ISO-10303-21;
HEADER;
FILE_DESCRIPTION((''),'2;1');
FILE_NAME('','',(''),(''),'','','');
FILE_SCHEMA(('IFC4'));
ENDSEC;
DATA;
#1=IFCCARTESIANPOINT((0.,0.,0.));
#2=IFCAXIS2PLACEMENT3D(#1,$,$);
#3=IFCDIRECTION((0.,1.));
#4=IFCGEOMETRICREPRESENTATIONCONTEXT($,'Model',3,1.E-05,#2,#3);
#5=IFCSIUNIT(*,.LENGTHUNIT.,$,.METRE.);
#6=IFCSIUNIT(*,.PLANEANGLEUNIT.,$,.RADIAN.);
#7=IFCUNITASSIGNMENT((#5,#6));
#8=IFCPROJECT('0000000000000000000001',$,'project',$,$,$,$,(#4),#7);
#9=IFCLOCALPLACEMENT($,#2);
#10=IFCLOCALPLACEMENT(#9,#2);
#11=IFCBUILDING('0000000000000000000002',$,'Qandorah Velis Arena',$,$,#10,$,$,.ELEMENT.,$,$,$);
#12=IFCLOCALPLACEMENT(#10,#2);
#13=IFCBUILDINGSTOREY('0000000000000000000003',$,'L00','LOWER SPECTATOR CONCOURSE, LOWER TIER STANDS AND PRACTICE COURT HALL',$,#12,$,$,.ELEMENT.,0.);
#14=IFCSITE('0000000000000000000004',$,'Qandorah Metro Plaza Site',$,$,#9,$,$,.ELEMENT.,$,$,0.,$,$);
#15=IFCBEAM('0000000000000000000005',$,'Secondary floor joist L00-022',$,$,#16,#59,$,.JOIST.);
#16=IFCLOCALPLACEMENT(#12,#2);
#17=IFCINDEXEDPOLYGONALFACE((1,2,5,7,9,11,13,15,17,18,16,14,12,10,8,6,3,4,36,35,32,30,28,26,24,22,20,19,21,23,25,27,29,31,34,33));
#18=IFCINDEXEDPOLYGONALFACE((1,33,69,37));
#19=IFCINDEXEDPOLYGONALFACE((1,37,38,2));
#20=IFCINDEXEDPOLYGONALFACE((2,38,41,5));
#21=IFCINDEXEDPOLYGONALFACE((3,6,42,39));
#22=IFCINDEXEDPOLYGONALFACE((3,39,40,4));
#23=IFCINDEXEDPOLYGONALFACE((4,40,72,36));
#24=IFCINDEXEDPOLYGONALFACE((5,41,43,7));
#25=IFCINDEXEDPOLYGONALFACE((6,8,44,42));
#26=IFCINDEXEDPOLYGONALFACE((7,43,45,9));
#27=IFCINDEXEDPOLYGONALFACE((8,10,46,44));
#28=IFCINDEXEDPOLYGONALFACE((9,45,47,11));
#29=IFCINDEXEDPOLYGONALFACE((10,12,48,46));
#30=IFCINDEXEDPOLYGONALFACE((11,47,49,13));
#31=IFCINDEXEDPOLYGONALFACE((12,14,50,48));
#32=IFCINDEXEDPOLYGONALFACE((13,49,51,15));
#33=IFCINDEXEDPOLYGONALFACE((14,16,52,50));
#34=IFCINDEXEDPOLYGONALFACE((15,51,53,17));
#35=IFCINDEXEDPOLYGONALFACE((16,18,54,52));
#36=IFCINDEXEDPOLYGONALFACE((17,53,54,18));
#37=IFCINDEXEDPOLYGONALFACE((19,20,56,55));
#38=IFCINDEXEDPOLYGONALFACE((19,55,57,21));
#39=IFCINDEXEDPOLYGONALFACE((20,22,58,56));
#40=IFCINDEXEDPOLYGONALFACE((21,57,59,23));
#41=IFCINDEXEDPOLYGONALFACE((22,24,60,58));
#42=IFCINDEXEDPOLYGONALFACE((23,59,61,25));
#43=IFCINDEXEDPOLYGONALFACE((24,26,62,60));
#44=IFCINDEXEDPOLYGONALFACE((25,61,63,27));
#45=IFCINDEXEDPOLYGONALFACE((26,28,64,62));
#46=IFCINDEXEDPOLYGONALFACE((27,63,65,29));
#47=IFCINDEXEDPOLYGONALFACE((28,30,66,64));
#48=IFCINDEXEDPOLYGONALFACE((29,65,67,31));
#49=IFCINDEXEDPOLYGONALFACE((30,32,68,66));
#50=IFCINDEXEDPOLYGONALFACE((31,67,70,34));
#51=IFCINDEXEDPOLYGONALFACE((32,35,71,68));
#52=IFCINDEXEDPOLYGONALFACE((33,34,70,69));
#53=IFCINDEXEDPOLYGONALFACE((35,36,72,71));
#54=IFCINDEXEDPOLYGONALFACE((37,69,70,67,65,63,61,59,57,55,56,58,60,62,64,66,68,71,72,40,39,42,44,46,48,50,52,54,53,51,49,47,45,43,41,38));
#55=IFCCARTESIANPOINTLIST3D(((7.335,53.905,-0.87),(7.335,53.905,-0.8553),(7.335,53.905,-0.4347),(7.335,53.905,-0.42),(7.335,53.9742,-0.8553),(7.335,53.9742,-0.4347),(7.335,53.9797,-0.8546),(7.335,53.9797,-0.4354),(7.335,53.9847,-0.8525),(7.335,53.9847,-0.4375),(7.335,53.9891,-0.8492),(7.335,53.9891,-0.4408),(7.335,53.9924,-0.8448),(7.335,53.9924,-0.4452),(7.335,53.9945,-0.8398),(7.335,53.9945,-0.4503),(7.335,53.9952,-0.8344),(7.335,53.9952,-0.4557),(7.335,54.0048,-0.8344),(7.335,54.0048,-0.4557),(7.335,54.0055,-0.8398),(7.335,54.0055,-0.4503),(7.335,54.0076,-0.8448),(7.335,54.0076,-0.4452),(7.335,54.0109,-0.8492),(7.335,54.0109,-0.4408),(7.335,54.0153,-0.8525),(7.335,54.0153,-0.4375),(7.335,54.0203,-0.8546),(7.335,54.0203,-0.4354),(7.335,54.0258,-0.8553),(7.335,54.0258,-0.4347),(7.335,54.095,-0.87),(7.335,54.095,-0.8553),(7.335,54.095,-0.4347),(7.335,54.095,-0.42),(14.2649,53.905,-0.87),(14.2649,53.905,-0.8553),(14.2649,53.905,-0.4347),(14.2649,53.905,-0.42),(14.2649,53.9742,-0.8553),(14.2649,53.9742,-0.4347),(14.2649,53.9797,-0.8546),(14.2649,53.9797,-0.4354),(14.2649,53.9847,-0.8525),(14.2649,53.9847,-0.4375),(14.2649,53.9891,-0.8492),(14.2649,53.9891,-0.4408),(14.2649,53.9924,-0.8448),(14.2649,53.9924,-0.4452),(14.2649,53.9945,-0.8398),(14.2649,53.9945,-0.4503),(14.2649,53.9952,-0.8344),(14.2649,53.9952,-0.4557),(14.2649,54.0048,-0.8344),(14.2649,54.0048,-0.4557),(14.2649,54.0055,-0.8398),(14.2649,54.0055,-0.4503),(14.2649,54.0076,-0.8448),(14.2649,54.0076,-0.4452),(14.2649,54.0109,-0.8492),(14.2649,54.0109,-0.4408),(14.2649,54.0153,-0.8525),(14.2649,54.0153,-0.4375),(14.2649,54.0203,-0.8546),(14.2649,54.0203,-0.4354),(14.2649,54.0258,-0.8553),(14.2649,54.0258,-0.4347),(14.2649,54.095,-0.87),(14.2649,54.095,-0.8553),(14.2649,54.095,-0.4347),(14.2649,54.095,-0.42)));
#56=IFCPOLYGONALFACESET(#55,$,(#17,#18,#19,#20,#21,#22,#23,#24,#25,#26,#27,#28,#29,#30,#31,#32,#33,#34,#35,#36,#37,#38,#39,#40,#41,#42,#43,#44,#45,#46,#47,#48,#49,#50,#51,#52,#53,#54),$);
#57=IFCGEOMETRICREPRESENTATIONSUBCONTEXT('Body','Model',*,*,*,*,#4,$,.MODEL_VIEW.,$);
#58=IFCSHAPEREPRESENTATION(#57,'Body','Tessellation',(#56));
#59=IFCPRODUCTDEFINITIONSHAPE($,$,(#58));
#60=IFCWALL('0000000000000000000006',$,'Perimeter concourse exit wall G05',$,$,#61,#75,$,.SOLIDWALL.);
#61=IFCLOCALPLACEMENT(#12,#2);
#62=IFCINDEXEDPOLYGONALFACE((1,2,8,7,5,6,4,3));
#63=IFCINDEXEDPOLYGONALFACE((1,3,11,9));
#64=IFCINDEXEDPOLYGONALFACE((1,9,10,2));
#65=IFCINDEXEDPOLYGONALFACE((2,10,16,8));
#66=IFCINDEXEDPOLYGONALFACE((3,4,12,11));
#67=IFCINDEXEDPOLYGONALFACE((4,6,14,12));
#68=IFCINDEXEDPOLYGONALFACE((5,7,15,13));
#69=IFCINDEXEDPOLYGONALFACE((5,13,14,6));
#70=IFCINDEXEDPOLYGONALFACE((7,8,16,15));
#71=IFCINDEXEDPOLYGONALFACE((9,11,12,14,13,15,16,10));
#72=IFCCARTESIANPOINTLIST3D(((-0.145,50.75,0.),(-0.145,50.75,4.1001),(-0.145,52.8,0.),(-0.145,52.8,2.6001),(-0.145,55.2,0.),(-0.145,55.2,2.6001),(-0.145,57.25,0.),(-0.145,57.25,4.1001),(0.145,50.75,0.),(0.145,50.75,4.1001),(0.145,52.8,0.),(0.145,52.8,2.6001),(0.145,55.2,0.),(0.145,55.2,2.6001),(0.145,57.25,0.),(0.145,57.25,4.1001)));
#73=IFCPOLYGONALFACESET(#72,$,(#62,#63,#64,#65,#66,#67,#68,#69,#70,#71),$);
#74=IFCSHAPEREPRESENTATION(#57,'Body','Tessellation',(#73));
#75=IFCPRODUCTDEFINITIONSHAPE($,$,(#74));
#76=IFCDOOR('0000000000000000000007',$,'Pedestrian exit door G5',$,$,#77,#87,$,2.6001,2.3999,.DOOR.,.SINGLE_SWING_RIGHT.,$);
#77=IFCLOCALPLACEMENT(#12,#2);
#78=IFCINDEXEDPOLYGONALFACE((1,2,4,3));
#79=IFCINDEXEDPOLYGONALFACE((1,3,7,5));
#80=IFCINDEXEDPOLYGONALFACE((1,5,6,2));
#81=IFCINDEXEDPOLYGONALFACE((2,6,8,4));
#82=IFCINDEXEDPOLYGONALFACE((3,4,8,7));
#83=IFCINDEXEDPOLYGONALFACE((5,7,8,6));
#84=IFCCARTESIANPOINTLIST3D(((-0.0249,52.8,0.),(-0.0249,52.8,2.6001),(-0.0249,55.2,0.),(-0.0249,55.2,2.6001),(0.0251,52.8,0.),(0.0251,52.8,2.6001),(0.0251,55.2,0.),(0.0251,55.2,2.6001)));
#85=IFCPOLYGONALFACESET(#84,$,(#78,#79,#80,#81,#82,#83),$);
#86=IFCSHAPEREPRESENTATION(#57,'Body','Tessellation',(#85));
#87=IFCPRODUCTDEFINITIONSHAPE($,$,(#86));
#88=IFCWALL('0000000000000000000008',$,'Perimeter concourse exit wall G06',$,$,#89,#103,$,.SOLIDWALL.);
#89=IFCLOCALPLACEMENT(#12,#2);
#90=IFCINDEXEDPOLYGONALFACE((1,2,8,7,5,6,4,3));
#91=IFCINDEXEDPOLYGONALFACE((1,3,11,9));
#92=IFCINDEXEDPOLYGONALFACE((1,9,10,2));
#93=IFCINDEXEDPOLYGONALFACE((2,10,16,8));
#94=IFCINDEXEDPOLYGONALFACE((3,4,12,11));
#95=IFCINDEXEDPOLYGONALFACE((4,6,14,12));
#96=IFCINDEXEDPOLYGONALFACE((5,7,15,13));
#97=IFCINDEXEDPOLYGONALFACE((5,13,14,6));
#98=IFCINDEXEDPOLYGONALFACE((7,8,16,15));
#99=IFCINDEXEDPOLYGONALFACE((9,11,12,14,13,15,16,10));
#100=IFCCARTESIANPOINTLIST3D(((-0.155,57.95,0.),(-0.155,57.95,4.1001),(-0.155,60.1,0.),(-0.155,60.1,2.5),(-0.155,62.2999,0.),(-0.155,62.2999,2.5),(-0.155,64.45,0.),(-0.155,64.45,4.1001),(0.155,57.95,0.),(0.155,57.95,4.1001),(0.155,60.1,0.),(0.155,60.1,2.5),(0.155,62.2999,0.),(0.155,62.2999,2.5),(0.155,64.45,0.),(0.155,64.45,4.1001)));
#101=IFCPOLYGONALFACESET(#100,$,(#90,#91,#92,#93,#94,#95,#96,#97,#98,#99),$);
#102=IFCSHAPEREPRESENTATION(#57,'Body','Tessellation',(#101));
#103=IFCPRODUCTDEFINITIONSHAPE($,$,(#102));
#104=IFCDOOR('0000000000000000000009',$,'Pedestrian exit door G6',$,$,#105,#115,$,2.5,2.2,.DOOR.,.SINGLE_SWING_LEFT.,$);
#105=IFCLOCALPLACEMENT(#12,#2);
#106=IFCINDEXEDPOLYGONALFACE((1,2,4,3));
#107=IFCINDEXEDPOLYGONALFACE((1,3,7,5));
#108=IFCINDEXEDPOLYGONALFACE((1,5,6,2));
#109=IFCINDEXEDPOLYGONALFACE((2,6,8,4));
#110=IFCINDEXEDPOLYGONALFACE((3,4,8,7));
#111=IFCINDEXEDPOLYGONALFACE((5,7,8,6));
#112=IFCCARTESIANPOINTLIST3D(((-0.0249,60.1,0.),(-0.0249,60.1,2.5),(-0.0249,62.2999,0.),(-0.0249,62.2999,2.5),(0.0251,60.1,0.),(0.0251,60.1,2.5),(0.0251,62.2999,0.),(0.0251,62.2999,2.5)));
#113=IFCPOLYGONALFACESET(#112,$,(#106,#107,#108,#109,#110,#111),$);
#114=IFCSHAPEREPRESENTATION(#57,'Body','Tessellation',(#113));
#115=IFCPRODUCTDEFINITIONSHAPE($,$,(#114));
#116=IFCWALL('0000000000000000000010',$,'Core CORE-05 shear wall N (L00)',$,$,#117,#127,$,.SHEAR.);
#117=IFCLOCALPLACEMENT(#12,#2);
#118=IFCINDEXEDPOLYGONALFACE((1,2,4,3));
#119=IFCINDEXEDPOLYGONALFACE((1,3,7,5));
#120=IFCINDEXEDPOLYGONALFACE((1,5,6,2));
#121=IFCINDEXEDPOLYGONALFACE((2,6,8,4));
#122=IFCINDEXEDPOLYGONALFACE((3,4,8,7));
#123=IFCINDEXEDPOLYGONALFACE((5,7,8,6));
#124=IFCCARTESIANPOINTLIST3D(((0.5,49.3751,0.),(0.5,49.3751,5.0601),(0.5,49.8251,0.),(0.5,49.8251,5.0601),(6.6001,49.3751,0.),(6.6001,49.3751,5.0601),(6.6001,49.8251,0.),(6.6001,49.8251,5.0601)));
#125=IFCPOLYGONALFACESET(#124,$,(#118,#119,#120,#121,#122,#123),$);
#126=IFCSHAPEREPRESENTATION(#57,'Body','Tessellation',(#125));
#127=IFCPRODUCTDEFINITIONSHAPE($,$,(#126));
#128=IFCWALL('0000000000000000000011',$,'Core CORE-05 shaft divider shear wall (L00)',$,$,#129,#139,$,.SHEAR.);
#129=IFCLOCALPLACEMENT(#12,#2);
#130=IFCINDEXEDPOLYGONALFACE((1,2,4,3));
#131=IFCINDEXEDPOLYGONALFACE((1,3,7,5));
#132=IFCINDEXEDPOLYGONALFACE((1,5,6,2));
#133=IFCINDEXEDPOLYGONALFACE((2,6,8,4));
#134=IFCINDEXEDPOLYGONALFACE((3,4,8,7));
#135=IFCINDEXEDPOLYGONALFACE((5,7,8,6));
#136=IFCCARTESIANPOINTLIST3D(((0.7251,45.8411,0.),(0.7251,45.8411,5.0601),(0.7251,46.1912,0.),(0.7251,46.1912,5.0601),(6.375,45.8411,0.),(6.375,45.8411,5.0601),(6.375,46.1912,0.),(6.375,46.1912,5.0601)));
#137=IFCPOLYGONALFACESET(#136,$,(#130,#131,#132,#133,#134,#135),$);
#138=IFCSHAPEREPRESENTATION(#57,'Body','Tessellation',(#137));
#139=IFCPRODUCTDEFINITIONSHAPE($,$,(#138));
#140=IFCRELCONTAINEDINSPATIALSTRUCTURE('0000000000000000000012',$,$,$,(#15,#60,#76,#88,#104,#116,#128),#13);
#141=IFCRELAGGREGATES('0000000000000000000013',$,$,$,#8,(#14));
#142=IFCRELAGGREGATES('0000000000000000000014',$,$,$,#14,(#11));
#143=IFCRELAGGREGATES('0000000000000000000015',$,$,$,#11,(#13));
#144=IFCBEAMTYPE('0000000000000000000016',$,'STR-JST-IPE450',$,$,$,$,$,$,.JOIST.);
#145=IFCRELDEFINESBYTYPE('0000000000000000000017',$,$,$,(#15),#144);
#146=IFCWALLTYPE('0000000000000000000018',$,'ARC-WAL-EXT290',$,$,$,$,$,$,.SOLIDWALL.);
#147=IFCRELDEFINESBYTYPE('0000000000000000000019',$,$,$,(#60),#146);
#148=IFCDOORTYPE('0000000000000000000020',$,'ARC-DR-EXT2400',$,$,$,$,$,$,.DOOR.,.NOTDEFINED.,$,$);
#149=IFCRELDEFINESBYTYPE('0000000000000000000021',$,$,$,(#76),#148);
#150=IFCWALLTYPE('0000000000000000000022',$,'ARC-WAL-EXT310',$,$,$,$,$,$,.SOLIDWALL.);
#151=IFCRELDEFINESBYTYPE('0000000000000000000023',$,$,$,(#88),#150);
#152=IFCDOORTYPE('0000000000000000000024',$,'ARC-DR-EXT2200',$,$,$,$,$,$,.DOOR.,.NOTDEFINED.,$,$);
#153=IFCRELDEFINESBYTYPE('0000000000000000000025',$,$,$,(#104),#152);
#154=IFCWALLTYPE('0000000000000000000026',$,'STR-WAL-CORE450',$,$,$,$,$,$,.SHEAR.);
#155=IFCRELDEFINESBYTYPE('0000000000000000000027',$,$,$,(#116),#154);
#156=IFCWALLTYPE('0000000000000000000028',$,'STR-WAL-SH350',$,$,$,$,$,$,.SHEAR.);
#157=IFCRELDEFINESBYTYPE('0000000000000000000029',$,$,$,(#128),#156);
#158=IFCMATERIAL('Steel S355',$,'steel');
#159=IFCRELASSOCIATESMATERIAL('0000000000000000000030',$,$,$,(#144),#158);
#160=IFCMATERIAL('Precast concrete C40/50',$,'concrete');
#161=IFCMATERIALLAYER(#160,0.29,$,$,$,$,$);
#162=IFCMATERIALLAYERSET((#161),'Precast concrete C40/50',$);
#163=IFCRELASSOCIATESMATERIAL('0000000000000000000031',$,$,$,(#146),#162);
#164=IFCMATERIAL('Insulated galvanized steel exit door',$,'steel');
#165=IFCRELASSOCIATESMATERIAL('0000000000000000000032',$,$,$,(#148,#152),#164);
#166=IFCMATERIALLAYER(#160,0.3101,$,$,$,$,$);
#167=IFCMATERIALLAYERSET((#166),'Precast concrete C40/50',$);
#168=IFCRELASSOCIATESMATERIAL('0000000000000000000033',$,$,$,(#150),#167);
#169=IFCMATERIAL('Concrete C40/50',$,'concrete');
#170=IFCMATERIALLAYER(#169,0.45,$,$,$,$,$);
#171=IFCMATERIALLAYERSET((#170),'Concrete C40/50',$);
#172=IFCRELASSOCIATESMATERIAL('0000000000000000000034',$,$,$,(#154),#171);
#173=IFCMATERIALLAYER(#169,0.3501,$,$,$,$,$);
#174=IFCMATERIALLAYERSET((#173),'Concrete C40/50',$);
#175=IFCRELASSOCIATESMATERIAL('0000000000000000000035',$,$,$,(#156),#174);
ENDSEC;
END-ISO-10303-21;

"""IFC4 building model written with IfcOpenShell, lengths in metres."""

from ifc_helpers import new_model, si_unit, direction, frame, frame_2d, origin, origin_2d, place, context, subcontext, project, spatial, rectangle, i_section, extrude, material, layer, layer_set, material_profile, profile_set, type_object, element, fill, save


model = new_model("IFC4")

# Units and contexts
model_context = context("Model", 3, precision=1e-05, world=origin(), true_north=direction((0.0, 1.0)))
body_context = subcontext(model_context, "Body", "Model", "MODEL_VIEW")
ifc_project = project(units=[si_unit("LENGTHUNIT", "METRE"), si_unit("PLANEANGLEUNIT", "RADIAN")], contexts=[model_context])

# Site, building, storey
site_placement = place(None, origin())
site = spatial("IfcSite", under=ifc_project, at=site_placement, Name="Qandorah Metro Plaza Site", CompositionType="ELEMENT", RefElevation=0.0)
building_placement = place(site_placement, origin())
building = spatial("IfcBuilding", under=site, at=building_placement, Name="Qandorah Velis Arena", CompositionType="ELEMENT")
storey_placement = place(building_placement, origin())
storey = spatial("IfcBuildingStorey", under=building, at=storey_placement, Name="L00", Description="LOWER SPECTATOR CONCOURSE, LOWER TIER STANDS AND PRACTICE COURT HALL", CompositionType="ELEMENT", Elevation=0.0)

# Shared definitions
ifc_material_1 = material(Name="Concrete C40/50", Category="concrete")

# Beam
ifc_material_2 = material(Name="Steel S355", Category="steel")
ifc_material_profile_1 = material_profile(ifc_material_2, i_section(OverallWidth=0.1899, OverallDepth=0.45, WebThickness=0.0095, FlangeThickness=0.0146, FilletRadius=0.021, at=origin_2d()), Name="IPE 450")
ifc_profile_set_1 = profile_set([ifc_material_profile_1], Name="Steel S355")
beam_type_1 = type_object("IfcBeamType", Name="STR-JST-IPE450", PredefinedType="JOIST", material=ifc_profile_set_1)
for number, where, z_axis, x_axis, name in (
    (1, (7.335, 54.0, -0.645), (1.0, 0.0, 0.0), (0.0, 1.0, 0.0), "Secondary floor joist L00-022"),
):
    element("IfcBeam", number, at=place(storey_placement, frame(where, z_axis=z_axis, x_axis=x_axis)), inside=storey, type_object=beam_type_1, Name=name, PredefinedType="JOIST", context=body_context, shape_type="SweptSolid", body=[
        extrude(i_section(OverallWidth=0.1899, OverallDepth=0.45, WebThickness=0.0095, FlangeThickness=0.0146, FilletRadius=0.021, at=origin_2d()), origin(), (0.0, 0.0, 1.0), 6.9299),
    ])

# Walls, openings, doors
ifc_material_3 = material(Name="Precast concrete C40/50", Category="concrete")
ifc_layer_1 = layer(ifc_material_3, 0.29)
ifc_layer_set_1 = layer_set([ifc_layer_1], Name="Precast concrete C40/50")
wall_type_1 = type_object("IfcWallType", Name="ARC-WAL-EXT290", PredefinedType="SOLIDWALL", material=ifc_layer_set_1)
wall_1_placement = place(storey_placement, frame((0.0, 50.75, 0.0), z_axis=(0.0, 0.0, 1.0), x_axis=(0.0, 1.0, 0.0)))
wall_1 = element("IfcWall", 2, at=wall_1_placement, inside=storey, type_object=wall_type_1, Name="Perimeter concourse exit wall G05", PredefinedType="SOLIDWALL", context=body_context, shape_type="SweptSolid", body=[
    extrude(rectangle(XDim=6.5, YDim=0.29, at=frame_2d((3.25, 0.0))), origin(), (0.0, 0.0, 1.0), 4.1001),
])
opening_1_placement = place(wall_1_placement, frame((2.05, 0.0, 0.0)))
opening_1 = element("IfcOpeningElement", 3, at=opening_1_placement, cuts=wall_1, PredefinedType="OPENING", context=body_context, shape_type="SweptSolid", body=[
    extrude(rectangle(XDim=2.3999, YDim=2.6001, at=frame_2d((1.2, 1.3))), frame((0.0, 0.155, 0.0), z_axis=(0.0, -1.0, 0.0), x_axis=(1.0, 0.0, 0.0)), (0.0, 0.0, 1.0), 0.3101),
])
ifc_material_4 = material(Name="Insulated galvanized steel exit door", Category="steel")
door_type_1 = type_object("IfcDoorType", Name="ARC-DR-EXT2400", OperationType="NOTDEFINED", PredefinedType="DOOR", material=ifc_material_4)
door_1_placement = place(opening_1_placement, origin())
door_1 = element("IfcDoor", 4, at=door_1_placement, inside=storey, type_object=door_type_1, Name="Pedestrian exit door G5", OperationType="SINGLE_SWING_RIGHT", OverallHeight=2.6001, OverallWidth=2.3999, PredefinedType="DOOR", context=body_context, shape_type="SweptSolid", body=[
    extrude(rectangle(XDim=2.3999, YDim=2.6001, at=frame_2d((1.2, 1.3))), frame((0.0, 0.0249, 0.0), z_axis=(0.0, -1.0, 0.0), x_axis=(1.0, 0.0, 0.0)), (0.0, 0.0, 1.0), 0.05),
])
fill(opening_1, door_1)
ifc_layer_2 = layer(ifc_material_3, 0.3101)
ifc_layer_set_2 = layer_set([ifc_layer_2], Name="Precast concrete C40/50")
wall_type_2 = type_object("IfcWallType", Name="ARC-WAL-EXT310", PredefinedType="SOLIDWALL", material=ifc_layer_set_2)
wall_2_placement = place(storey_placement, frame((0.0, 57.95, 0.0), z_axis=(0.0, 0.0, 1.0), x_axis=(0.0, 1.0, 0.0)))
wall_2 = element("IfcWall", 5, at=wall_2_placement, inside=storey, type_object=wall_type_2, Name="Perimeter concourse exit wall G06", PredefinedType="SOLIDWALL", context=body_context, shape_type="SweptSolid", body=[
    extrude(rectangle(XDim=6.5, YDim=0.3101, at=frame_2d((3.25, 0.0))), origin(), (0.0, 0.0, 1.0), 4.1001),
])
opening_2_placement = place(wall_2_placement, frame((2.1499, 0.0, 0.0)))
opening_2 = element("IfcOpeningElement", 6, at=opening_2_placement, cuts=wall_2, PredefinedType="OPENING", context=body_context, shape_type="SweptSolid", body=[
    extrude(rectangle(XDim=2.2, YDim=2.5, at=frame_2d((1.1001, 1.25))), frame((0.0, 0.165, 0.0), z_axis=(0.0, -1.0, 0.0), x_axis=(1.0, 0.0, 0.0)), (0.0, 0.0, 1.0), 0.3301),
])
door_type_2 = type_object("IfcDoorType", Name="ARC-DR-EXT2200", OperationType="NOTDEFINED", PredefinedType="DOOR", material=ifc_material_4)
door_2_placement = place(opening_2_placement, origin())
door_2 = element("IfcDoor", 7, at=door_2_placement, inside=storey, type_object=door_type_2, Name="Pedestrian exit door G6", OperationType="SINGLE_SWING_LEFT", OverallHeight=2.5, OverallWidth=2.2, PredefinedType="DOOR", context=body_context, shape_type="SweptSolid", body=[
    extrude(rectangle(XDim=2.2, YDim=2.5, at=frame_2d((1.1001, 1.25))), frame((0.0, 0.0249, 0.0), z_axis=(0.0, -1.0, 0.0), x_axis=(1.0, 0.0, 0.0)), (0.0, 0.0, 1.0), 0.05),
])
fill(opening_2, door_2)

# Walls
ifc_layer_3 = layer(ifc_material_1, 0.45)
ifc_layer_set_3 = layer_set([ifc_layer_3], Name="Concrete C40/50")
wall_type_3 = type_object("IfcWallType", Name="STR-WAL-CORE450", PredefinedType="SHEAR", material=ifc_layer_set_3)
wall_3_placement = place(storey_placement, frame((0.5, 49.6001, 0.0), z_axis=(0.0, 0.0, 1.0), x_axis=(1.0, 0.0, 0.0)))
element("IfcWall", 8, at=wall_3_placement, inside=storey, type_object=wall_type_3, Name="Core CORE-05 shear wall N (L00)", PredefinedType="SHEAR", context=body_context, shape_type="SweptSolid", body=[
    extrude(rectangle(XDim=6.1001, YDim=0.45, at=frame_2d((3.05, 0.0))), origin(), (0.0, 0.0, 1.0), 5.0601),
])
ifc_layer_4 = layer(ifc_material_1, 0.3501)
ifc_layer_set_4 = layer_set([ifc_layer_4], Name="Concrete C40/50")
wall_type_4 = type_object("IfcWallType", Name="STR-WAL-SH350", PredefinedType="SHEAR", material=ifc_layer_set_4)
wall_4_placement = place(storey_placement, frame((0.7251, 46.0161, 0.0), z_axis=(0.0, 0.0, 1.0), x_axis=(1.0, 0.0, 0.0)))
element("IfcWall", 9, at=wall_4_placement, inside=storey, type_object=wall_type_4, Name="Core CORE-05 shaft divider shear wall (L00)", PredefinedType="SHEAR", context=body_context, shape_type="SweptSolid", body=[
    extrude(rectangle(XDim=5.6499, YDim=0.3501, at=frame_2d((2.825, 0.0))), origin(), (0.0, 0.0, 1.0), 5.0601),
])

save(model, "model.ifc")
